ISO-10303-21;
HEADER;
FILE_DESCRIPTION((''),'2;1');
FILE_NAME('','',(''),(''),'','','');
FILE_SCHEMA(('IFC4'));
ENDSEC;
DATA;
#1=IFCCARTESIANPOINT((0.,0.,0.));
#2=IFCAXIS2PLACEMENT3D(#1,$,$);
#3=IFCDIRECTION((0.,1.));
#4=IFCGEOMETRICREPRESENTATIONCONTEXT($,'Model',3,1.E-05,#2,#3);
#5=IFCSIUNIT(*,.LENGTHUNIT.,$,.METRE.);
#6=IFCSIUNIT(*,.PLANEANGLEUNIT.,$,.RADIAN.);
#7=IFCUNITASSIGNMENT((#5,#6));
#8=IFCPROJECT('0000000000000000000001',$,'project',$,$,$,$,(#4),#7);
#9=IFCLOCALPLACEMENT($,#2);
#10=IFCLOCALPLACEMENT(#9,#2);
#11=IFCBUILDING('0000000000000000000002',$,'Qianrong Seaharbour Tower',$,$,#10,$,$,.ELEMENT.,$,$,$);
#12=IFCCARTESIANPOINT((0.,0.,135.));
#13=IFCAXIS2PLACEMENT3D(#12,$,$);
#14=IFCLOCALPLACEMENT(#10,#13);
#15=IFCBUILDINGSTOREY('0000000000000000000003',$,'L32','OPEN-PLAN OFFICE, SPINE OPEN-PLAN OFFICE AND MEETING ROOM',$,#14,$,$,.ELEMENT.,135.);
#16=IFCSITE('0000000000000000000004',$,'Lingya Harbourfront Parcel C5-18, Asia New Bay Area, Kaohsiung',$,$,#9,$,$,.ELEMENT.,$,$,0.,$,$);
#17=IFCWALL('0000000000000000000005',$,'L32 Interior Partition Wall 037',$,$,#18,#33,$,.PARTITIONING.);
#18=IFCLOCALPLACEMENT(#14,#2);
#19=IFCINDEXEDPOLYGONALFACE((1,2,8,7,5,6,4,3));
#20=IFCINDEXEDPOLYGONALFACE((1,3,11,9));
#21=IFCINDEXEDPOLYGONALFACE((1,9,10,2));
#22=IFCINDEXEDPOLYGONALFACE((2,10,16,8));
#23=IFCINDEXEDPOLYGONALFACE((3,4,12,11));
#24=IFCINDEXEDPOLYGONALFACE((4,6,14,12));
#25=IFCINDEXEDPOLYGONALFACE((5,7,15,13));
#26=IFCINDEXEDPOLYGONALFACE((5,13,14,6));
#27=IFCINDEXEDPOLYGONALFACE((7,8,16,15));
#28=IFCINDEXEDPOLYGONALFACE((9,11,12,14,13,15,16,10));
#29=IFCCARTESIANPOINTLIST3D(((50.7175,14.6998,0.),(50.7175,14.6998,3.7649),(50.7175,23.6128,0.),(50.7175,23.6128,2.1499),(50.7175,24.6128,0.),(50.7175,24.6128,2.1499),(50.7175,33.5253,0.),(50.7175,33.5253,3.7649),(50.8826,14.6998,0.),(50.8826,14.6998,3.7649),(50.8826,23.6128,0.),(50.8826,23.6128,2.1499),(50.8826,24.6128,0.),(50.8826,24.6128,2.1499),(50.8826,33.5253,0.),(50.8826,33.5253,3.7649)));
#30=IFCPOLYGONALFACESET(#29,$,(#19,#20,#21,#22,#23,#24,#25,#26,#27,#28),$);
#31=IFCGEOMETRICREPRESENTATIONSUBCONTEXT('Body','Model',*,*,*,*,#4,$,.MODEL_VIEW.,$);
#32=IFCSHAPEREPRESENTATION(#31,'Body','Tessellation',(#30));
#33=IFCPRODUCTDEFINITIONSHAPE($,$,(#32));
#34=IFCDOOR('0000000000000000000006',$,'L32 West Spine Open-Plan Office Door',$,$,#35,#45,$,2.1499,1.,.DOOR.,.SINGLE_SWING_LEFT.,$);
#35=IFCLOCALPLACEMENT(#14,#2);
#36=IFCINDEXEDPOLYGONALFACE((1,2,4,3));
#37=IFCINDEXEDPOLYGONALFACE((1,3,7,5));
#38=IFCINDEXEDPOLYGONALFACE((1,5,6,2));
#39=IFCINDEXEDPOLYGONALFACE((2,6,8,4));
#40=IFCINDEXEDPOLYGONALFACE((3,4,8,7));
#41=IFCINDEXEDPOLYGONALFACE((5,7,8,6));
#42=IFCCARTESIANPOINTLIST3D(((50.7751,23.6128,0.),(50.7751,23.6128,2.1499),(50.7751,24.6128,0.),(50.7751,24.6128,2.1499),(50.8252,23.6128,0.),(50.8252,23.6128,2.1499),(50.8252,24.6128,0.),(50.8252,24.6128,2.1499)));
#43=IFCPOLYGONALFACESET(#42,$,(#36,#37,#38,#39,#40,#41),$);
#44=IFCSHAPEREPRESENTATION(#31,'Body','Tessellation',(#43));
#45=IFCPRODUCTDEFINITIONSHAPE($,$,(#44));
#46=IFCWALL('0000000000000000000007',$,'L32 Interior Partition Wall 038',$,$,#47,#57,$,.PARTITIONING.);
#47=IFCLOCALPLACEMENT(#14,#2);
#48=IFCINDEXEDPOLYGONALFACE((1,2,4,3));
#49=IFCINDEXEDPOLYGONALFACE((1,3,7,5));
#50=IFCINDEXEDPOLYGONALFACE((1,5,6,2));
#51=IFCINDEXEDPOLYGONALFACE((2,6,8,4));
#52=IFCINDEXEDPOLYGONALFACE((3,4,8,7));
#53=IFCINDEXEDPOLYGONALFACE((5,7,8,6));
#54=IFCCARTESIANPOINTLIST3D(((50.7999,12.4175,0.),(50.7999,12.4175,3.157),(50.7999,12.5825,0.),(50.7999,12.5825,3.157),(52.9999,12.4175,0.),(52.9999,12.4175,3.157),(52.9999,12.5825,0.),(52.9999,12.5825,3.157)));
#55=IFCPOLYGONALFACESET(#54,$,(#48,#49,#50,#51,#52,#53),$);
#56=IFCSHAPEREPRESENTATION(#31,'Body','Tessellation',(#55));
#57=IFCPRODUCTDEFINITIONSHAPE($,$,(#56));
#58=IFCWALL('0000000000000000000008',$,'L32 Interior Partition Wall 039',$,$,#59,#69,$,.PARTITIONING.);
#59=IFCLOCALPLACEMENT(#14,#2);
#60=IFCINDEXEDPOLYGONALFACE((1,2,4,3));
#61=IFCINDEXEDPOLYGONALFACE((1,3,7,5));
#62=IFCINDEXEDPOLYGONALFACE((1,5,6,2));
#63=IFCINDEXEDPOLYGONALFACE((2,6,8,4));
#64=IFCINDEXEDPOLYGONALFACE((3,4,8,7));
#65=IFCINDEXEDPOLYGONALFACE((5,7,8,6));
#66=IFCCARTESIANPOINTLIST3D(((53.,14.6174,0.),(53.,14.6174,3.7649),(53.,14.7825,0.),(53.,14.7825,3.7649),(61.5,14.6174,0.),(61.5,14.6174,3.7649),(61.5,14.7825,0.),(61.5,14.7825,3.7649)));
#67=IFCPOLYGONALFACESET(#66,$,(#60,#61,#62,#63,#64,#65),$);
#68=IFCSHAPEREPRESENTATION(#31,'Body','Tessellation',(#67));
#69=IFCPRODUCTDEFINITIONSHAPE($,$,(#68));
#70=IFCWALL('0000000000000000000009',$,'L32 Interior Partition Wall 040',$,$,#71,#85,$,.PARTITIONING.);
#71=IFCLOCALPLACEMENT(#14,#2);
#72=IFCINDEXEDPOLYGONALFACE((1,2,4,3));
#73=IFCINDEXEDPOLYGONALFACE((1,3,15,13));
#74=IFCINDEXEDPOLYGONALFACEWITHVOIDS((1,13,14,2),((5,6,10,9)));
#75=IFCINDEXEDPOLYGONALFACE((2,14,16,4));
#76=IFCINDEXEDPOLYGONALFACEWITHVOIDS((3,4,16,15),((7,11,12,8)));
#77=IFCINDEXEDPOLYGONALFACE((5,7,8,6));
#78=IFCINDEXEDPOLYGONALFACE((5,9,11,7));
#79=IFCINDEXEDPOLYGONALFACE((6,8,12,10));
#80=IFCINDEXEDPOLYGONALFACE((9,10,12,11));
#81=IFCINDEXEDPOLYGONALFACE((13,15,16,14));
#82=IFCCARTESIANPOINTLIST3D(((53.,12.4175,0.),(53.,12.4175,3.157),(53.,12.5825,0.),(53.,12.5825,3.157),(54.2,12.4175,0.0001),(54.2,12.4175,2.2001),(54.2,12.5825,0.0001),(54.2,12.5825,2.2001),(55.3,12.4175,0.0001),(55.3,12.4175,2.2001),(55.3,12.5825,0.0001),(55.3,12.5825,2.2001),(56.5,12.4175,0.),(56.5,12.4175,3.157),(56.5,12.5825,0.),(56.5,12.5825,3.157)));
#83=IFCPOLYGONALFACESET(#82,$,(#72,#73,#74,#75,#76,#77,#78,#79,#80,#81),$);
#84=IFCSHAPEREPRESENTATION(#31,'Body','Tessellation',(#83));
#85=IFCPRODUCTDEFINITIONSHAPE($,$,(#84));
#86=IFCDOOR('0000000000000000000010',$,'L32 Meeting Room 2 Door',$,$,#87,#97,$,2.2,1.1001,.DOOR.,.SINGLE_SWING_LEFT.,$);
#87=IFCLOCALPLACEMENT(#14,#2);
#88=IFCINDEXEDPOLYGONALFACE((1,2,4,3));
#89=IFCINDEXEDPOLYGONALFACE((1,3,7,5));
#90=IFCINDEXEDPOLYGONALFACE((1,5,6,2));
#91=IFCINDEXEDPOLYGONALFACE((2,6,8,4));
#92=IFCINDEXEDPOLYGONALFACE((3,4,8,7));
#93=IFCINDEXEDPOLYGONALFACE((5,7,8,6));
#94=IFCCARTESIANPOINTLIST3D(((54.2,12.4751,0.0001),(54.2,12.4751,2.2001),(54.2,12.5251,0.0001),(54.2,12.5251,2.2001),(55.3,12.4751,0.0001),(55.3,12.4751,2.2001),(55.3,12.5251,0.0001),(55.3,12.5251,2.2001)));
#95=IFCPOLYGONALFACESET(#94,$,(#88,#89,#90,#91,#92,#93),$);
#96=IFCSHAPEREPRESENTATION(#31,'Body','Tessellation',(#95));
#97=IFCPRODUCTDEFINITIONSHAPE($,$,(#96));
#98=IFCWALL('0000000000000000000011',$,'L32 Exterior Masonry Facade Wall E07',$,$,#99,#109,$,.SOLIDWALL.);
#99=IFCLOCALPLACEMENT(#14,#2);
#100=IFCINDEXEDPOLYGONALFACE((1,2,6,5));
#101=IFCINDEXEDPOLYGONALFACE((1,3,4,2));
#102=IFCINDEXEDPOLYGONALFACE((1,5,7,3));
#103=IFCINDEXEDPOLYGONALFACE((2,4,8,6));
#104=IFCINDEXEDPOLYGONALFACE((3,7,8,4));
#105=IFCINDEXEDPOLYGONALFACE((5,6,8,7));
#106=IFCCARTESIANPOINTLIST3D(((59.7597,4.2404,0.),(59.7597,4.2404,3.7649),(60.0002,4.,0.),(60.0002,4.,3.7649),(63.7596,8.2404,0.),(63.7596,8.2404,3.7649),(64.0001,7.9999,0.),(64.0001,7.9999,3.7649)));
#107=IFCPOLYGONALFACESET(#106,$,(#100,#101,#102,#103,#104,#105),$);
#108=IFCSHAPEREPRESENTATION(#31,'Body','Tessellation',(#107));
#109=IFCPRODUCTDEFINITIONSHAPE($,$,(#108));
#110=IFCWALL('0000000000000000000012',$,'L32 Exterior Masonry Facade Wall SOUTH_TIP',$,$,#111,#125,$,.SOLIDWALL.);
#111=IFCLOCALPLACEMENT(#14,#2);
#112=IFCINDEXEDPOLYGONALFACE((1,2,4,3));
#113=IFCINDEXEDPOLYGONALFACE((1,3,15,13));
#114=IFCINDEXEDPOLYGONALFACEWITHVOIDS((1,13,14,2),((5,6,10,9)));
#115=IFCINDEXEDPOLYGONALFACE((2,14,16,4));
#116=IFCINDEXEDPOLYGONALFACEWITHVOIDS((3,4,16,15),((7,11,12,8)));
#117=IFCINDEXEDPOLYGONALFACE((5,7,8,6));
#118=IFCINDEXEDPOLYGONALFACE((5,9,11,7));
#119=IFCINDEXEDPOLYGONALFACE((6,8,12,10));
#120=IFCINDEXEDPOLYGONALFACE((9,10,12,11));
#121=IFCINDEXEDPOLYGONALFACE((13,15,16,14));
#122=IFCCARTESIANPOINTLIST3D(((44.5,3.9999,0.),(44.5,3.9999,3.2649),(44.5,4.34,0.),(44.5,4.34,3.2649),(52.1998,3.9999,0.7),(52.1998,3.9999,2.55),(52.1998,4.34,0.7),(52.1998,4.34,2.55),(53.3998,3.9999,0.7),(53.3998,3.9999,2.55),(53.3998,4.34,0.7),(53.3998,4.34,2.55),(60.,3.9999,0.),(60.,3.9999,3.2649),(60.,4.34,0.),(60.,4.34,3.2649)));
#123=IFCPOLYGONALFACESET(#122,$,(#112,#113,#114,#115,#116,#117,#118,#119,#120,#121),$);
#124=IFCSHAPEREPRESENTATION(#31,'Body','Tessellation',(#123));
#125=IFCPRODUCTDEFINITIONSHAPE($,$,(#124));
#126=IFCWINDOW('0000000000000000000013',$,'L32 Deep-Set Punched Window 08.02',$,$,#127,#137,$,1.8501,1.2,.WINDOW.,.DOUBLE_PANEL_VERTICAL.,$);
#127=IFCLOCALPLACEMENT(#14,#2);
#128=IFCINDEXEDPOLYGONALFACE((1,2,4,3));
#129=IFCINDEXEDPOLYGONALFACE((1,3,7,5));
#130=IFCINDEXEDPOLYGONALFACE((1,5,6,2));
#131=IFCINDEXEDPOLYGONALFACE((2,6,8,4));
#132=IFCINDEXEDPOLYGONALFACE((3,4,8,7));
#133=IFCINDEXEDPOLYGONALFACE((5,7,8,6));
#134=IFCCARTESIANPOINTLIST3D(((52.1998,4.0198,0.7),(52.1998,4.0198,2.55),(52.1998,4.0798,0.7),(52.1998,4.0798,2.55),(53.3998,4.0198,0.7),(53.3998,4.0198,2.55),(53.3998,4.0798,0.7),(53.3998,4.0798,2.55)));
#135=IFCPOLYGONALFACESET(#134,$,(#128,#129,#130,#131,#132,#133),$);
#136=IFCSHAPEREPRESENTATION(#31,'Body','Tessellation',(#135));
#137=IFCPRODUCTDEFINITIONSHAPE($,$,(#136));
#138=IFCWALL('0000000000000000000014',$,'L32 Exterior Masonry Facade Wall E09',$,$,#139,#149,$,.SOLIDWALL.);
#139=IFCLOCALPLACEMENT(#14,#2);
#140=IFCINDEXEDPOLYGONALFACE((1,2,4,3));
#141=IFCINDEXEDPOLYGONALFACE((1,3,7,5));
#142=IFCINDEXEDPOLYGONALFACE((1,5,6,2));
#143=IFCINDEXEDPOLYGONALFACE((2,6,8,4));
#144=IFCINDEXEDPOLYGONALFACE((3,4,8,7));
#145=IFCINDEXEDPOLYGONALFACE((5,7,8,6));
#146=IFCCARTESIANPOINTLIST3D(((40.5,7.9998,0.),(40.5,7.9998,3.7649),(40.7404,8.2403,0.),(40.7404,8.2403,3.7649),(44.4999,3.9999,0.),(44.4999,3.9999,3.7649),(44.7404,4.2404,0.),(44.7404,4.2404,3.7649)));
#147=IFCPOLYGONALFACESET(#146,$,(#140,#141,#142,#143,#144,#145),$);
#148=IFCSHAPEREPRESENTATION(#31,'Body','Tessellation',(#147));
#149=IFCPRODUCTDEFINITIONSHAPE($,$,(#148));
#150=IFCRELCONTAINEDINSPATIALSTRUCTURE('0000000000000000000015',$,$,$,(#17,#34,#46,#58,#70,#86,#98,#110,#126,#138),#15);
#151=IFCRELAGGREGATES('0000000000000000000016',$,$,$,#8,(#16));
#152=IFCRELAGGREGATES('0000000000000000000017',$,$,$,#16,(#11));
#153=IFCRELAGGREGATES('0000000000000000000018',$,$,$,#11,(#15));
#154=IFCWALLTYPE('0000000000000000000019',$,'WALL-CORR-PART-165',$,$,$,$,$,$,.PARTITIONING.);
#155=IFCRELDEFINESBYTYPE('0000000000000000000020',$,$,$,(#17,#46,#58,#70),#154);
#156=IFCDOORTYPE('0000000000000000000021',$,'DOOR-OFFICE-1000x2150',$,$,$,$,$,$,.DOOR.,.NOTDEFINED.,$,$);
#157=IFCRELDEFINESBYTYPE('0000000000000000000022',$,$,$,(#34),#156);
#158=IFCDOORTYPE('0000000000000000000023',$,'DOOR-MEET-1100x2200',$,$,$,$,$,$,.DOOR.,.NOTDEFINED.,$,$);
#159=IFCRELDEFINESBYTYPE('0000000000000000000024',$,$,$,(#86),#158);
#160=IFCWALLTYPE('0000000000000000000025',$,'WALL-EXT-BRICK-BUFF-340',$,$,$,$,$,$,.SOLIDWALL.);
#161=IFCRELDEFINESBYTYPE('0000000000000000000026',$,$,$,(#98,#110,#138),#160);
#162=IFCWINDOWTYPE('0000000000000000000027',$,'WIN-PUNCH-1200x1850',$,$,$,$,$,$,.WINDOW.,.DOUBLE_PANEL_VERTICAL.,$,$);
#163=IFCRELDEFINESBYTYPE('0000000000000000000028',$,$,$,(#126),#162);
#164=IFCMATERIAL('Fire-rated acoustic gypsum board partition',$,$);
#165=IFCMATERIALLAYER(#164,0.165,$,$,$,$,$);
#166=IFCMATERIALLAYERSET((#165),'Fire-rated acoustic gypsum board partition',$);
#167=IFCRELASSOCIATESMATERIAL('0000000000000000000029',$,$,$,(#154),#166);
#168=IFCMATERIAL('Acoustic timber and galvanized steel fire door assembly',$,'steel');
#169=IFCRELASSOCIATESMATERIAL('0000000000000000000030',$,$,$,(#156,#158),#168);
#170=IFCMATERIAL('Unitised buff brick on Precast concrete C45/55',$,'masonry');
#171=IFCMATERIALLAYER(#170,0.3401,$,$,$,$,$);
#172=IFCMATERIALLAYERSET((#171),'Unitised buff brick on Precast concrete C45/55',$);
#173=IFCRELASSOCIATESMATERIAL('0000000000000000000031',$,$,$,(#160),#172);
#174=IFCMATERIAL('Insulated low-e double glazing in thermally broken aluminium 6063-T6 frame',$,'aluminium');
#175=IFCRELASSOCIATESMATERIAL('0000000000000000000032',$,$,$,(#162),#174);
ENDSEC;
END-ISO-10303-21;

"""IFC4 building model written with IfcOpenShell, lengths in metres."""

from ifc_helpers import new_model, si_unit, direction, frame, frame_2d, origin, place, context, subcontext, project, spatial, rectangle, extrude, material, layer, layer_set, type_object, element, fill, save


model = new_model("IFC4")

# Units and contexts
model_context = context("Model", 3, precision=1e-05, world=origin(), true_north=direction((0.0, 1.0)))
body_context = subcontext(model_context, "Body", "Model", "MODEL_VIEW")
ifc_project = project(units=[si_unit("LENGTHUNIT", "METRE"), si_unit("PLANEANGLEUNIT", "RADIAN")], contexts=[model_context])

# Site, building, storey
site_placement = place(None, origin())
site = spatial("IfcSite", under=ifc_project, at=site_placement, Name="Lingya Harbourfront Parcel C5-18, Asia New Bay Area, Kaohsiung", CompositionType="ELEMENT", RefElevation=0.0)
building_placement = place(site_placement, origin())
building = spatial("IfcBuilding", under=site, at=building_placement, Name="Qianrong Seaharbour Tower", CompositionType="ELEMENT")
storey_placement = place(building_placement, frame((0.0, 0.0, 135.0)))
storey = spatial("IfcBuildingStorey", under=building, at=storey_placement, Name="L32", Description="OPEN-PLAN OFFICE, SPINE OPEN-PLAN OFFICE AND MEETING ROOM", CompositionType="ELEMENT", Elevation=135.0)

# Wall, opening, door
ifc_material_1 = material(Name="Fire-rated acoustic gypsum board partition")
ifc_layer_1 = layer(ifc_material_1, 0.165)
ifc_layer_set_1 = layer_set([ifc_layer_1], Name="Fire-rated acoustic gypsum board partition")
wall_type_1 = type_object("IfcWallType", Name="WALL-CORR-PART-165", PredefinedType="PARTITIONING", material=ifc_layer_set_1)
wall_1_placement = place(storey_placement, frame((50.8, 14.7, 0.0), z_axis=(0.0, 0.0, 1.0), x_axis=(0.0, 1.0, 0.0)))
wall_1 = element("IfcWall", 1, at=wall_1_placement, inside=storey, type_object=wall_type_1, Name="L32 Interior Partition Wall 037", PredefinedType="PARTITIONING", context=body_context, shape_type="SweptSolid", body=[
    extrude(rectangle(XDim=18.8254, YDim=0.165, at=frame_2d((9.4126, 0.0))), origin(), (0.0, 0.0, 1.0), 3.7649),
])
opening_1_placement = place(wall_1_placement, frame((8.9128, 0.0, 0.0)))
opening_1 = element("IfcOpeningElement", 2, at=opening_1_placement, cuts=wall_1, PredefinedType="OPENING", context=body_context, shape_type="SweptSolid", body=[
    extrude(rectangle(XDim=1.0, YDim=2.1499, at=frame_2d((0.5, 1.075))), frame((0.0, 0.0925, 0.0), z_axis=(0.0, -1.0, 0.0), x_axis=(1.0, 0.0, 0.0)), (0.0, 0.0, 1.0), 0.1851),
])
ifc_material_2 = material(Name="Acoustic timber and galvanized steel fire door assembly", Category="steel")
door_type_1 = type_object("IfcDoorType", Name="DOOR-OFFICE-1000x2150", OperationType="NOTDEFINED", PredefinedType="DOOR", material=ifc_material_2)
door_1_placement = place(opening_1_placement, origin())
door_1 = element("IfcDoor", 3, at=door_1_placement, inside=storey, type_object=door_type_1, Name="L32 West Spine Open-Plan Office Door", OperationType="SINGLE_SWING_LEFT", OverallHeight=2.1499, OverallWidth=1.0, PredefinedType="DOOR", context=body_context, shape_type="SweptSolid", body=[
    extrude(rectangle(XDim=1.0, YDim=2.1499, at=frame_2d((0.5, 1.075))), frame((0.0, 0.0249, 0.0), z_axis=(0.0, -1.0, 0.0), x_axis=(1.0, 0.0, 0.0)), (0.0, 0.0, 1.0), 0.05),
])
fill(opening_1, door_1)

# Walls
wall_2_placement = place(storey_placement, frame((53.0, 12.5, 0.0), z_axis=(0.0, 0.0, 1.0), x_axis=(-1.0, 0.0, 0.0)))
element("IfcWall", 4, at=wall_2_placement, inside=storey, type_object=wall_type_1, Name="L32 Interior Partition Wall 038", PredefinedType="PARTITIONING", context=body_context, shape_type="SweptSolid", body=[
    extrude(rectangle(XDim=2.2, YDim=0.165, at=frame_2d((1.1001, 0.0))), origin(), (0.0, 0.0, 1.0), 3.157),
])
wall_3_placement = place(storey_placement, frame((53.0, 14.7, 0.0), z_axis=(0.0, 0.0, 1.0), x_axis=(1.0, 0.0, 0.0)))
element("IfcWall", 5, at=wall_3_placement, inside=storey, type_object=wall_type_1, Name="L32 Interior Partition Wall 039", PredefinedType="PARTITIONING", context=body_context, shape_type="SweptSolid", body=[
    extrude(rectangle(XDim=8.5, YDim=0.165, at=frame_2d((4.25, 0.0))), origin(), (0.0, 0.0, 1.0), 3.7649),
])

# Wall, opening, door
wall_4_placement = place(storey_placement, frame((56.5, 12.5, 0.0), z_axis=(0.0, 0.0, 1.0), x_axis=(-1.0, 0.0, 0.0)))
wall_4 = element("IfcWall", 6, at=wall_4_placement, inside=storey, type_object=wall_type_1, Name="L32 Interior Partition Wall 040", PredefinedType="PARTITIONING", context=body_context, shape_type="SweptSolid", body=[
    extrude(rectangle(XDim=3.5, YDim=0.165, at=frame_2d((1.75, 0.0))), origin(), (0.0, 0.0, 1.0), 3.157),
])
opening_2_placement = place(wall_4_placement, frame((1.2, 0.0, 0.0)))
opening_2 = element("IfcOpeningElement", 7, at=opening_2_placement, cuts=wall_4, PredefinedType="OPENING", context=body_context, shape_type="SweptSolid", body=[
    extrude(rectangle(XDim=1.1001, YDim=2.2, at=frame_2d((0.55, 1.1001))), frame((0.0, 0.0925, 0.0), z_axis=(0.0, -1.0, 0.0), x_axis=(1.0, 0.0, 0.0)), (0.0, 0.0, 1.0), 0.1851),
])
door_type_2 = type_object("IfcDoorType", Name="DOOR-MEET-1100x2200", OperationType="NOTDEFINED", PredefinedType="DOOR", material=ifc_material_2)
door_2_placement = place(opening_2_placement, origin())
door_2 = element("IfcDoor", 8, at=door_2_placement, inside=storey, type_object=door_type_2, Name="L32 Meeting Room 2 Door", OperationType="SINGLE_SWING_LEFT", OverallHeight=2.2, OverallWidth=1.1001, PredefinedType="DOOR", context=body_context, shape_type="SweptSolid", body=[
    extrude(rectangle(XDim=1.1001, YDim=2.2, at=frame_2d((0.55, 1.1001))), frame((0.0, 0.0249, 0.0), z_axis=(0.0, -1.0, 0.0), x_axis=(1.0, 0.0, 0.0)), (0.0, 0.0, 1.0), 0.05),
])
fill(opening_2, door_2)

# Wall
ifc_material_3 = material(Name="Unitised buff brick on Precast concrete C45/55", Category="masonry")
ifc_layer_2 = layer(ifc_material_3, 0.3401)
ifc_layer_set_2 = layer_set([ifc_layer_2], Name="Unitised buff brick on Precast concrete C45/55")
wall_type_2 = type_object("IfcWallType", Name="WALL-EXT-BRICK-BUFF-340", PredefinedType="SOLIDWALL", material=ifc_layer_set_2)
wall_5_placement = place(storey_placement, frame((63.8799, 8.1201, 0.0), z_axis=(0.0, 0.0, 1.0), x_axis=(-0.707107, -0.707107, 0.0)))
element("IfcWall", 9, at=wall_5_placement, inside=storey, type_object=wall_type_2, Name="L32 Exterior Masonry Facade Wall E07", PredefinedType="SOLIDWALL", context=body_context, shape_type="SweptSolid", body=[
    extrude(rectangle(XDim=5.6567, YDim=0.3401, at=frame_2d((2.8284, 0.0))), origin(), (0.0, 0.0, 1.0), 3.7649),
])

# Wall, opening, window
wall_6_placement = place(storey_placement, frame((60.0, 4.1699, 0.0), z_axis=(0.0, 0.0, 1.0), x_axis=(-1.0, 0.0, 0.0)))
wall_6 = element("IfcWall", 10, at=wall_6_placement, inside=storey, type_object=wall_type_2, Name="L32 Exterior Masonry Facade Wall SOUTH_TIP", PredefinedType="SOLIDWALL", context=body_context, shape_type="SweptSolid", body=[
    extrude(rectangle(XDim=15.5, YDim=0.3401, at=frame_2d((7.75, 0.0))), origin(), (0.0, 0.0, 1.0), 3.2649),
])
opening_3_placement = place(wall_6_placement, frame((6.6001, 0.0, 0.7)))
opening_3 = element("IfcOpeningElement", 11, at=opening_3_placement, cuts=wall_6, PredefinedType="OPENING", context=body_context, shape_type="SweptSolid", body=[
    extrude(rectangle(XDim=1.2, YDim=1.8501, at=frame_2d((0.6001, 0.925))), frame((0.0, 0.1802, 0.0), z_axis=(0.0, -1.0, 0.0), x_axis=(1.0, 0.0, 0.0)), (0.0, 0.0, 1.0), 0.3601),
])
ifc_material_4 = material(Name="Insulated low-e double glazing in thermally broken aluminium 6063-T6 frame", Category="aluminium")
window_type = type_object("IfcWindowType", Name="WIN-PUNCH-1200x1850", PartitioningType="DOUBLE_PANEL_VERTICAL", PredefinedType="WINDOW", material=ifc_material_4)
window_placement = place(opening_3_placement, origin())
window = element("IfcWindow", 12, at=window_placement, inside=storey, type_object=window_type, Name="L32 Deep-Set Punched Window 08.02", OverallHeight=1.8501, OverallWidth=1.2, PartitioningType="DOUBLE_PANEL_VERTICAL", PredefinedType="WINDOW", context=body_context, shape_type="SweptSolid", body=[
    extrude(rectangle(XDim=1.2, YDim=1.8501, at=frame_2d((0.6001, 0.925))), frame((0.0, 0.1501, 0.0), z_axis=(0.0, -1.0, 0.0), x_axis=(1.0, 0.0, 0.0)), (0.0, 0.0, 1.0), 0.0601),
])
fill(opening_3, window)

# Wall
wall_7_placement = place(storey_placement, frame((44.6201, 4.1201, 0.0), z_axis=(0.0, 0.0, 1.0), x_axis=(-0.707107, 0.707107, 0.0)))
element("IfcWall", 13, at=wall_7_placement, inside=storey, type_object=wall_type_2, Name="L32 Exterior Masonry Facade Wall E09", PredefinedType="SOLIDWALL", context=body_context, shape_type="SweptSolid", body=[
    extrude(rectangle(XDim=5.6567, YDim=0.3401, at=frame_2d((2.8284, 0.0))), origin(), (0.0, 0.0, 1.0), 3.7649),
])

save(model, "model.ifc")
